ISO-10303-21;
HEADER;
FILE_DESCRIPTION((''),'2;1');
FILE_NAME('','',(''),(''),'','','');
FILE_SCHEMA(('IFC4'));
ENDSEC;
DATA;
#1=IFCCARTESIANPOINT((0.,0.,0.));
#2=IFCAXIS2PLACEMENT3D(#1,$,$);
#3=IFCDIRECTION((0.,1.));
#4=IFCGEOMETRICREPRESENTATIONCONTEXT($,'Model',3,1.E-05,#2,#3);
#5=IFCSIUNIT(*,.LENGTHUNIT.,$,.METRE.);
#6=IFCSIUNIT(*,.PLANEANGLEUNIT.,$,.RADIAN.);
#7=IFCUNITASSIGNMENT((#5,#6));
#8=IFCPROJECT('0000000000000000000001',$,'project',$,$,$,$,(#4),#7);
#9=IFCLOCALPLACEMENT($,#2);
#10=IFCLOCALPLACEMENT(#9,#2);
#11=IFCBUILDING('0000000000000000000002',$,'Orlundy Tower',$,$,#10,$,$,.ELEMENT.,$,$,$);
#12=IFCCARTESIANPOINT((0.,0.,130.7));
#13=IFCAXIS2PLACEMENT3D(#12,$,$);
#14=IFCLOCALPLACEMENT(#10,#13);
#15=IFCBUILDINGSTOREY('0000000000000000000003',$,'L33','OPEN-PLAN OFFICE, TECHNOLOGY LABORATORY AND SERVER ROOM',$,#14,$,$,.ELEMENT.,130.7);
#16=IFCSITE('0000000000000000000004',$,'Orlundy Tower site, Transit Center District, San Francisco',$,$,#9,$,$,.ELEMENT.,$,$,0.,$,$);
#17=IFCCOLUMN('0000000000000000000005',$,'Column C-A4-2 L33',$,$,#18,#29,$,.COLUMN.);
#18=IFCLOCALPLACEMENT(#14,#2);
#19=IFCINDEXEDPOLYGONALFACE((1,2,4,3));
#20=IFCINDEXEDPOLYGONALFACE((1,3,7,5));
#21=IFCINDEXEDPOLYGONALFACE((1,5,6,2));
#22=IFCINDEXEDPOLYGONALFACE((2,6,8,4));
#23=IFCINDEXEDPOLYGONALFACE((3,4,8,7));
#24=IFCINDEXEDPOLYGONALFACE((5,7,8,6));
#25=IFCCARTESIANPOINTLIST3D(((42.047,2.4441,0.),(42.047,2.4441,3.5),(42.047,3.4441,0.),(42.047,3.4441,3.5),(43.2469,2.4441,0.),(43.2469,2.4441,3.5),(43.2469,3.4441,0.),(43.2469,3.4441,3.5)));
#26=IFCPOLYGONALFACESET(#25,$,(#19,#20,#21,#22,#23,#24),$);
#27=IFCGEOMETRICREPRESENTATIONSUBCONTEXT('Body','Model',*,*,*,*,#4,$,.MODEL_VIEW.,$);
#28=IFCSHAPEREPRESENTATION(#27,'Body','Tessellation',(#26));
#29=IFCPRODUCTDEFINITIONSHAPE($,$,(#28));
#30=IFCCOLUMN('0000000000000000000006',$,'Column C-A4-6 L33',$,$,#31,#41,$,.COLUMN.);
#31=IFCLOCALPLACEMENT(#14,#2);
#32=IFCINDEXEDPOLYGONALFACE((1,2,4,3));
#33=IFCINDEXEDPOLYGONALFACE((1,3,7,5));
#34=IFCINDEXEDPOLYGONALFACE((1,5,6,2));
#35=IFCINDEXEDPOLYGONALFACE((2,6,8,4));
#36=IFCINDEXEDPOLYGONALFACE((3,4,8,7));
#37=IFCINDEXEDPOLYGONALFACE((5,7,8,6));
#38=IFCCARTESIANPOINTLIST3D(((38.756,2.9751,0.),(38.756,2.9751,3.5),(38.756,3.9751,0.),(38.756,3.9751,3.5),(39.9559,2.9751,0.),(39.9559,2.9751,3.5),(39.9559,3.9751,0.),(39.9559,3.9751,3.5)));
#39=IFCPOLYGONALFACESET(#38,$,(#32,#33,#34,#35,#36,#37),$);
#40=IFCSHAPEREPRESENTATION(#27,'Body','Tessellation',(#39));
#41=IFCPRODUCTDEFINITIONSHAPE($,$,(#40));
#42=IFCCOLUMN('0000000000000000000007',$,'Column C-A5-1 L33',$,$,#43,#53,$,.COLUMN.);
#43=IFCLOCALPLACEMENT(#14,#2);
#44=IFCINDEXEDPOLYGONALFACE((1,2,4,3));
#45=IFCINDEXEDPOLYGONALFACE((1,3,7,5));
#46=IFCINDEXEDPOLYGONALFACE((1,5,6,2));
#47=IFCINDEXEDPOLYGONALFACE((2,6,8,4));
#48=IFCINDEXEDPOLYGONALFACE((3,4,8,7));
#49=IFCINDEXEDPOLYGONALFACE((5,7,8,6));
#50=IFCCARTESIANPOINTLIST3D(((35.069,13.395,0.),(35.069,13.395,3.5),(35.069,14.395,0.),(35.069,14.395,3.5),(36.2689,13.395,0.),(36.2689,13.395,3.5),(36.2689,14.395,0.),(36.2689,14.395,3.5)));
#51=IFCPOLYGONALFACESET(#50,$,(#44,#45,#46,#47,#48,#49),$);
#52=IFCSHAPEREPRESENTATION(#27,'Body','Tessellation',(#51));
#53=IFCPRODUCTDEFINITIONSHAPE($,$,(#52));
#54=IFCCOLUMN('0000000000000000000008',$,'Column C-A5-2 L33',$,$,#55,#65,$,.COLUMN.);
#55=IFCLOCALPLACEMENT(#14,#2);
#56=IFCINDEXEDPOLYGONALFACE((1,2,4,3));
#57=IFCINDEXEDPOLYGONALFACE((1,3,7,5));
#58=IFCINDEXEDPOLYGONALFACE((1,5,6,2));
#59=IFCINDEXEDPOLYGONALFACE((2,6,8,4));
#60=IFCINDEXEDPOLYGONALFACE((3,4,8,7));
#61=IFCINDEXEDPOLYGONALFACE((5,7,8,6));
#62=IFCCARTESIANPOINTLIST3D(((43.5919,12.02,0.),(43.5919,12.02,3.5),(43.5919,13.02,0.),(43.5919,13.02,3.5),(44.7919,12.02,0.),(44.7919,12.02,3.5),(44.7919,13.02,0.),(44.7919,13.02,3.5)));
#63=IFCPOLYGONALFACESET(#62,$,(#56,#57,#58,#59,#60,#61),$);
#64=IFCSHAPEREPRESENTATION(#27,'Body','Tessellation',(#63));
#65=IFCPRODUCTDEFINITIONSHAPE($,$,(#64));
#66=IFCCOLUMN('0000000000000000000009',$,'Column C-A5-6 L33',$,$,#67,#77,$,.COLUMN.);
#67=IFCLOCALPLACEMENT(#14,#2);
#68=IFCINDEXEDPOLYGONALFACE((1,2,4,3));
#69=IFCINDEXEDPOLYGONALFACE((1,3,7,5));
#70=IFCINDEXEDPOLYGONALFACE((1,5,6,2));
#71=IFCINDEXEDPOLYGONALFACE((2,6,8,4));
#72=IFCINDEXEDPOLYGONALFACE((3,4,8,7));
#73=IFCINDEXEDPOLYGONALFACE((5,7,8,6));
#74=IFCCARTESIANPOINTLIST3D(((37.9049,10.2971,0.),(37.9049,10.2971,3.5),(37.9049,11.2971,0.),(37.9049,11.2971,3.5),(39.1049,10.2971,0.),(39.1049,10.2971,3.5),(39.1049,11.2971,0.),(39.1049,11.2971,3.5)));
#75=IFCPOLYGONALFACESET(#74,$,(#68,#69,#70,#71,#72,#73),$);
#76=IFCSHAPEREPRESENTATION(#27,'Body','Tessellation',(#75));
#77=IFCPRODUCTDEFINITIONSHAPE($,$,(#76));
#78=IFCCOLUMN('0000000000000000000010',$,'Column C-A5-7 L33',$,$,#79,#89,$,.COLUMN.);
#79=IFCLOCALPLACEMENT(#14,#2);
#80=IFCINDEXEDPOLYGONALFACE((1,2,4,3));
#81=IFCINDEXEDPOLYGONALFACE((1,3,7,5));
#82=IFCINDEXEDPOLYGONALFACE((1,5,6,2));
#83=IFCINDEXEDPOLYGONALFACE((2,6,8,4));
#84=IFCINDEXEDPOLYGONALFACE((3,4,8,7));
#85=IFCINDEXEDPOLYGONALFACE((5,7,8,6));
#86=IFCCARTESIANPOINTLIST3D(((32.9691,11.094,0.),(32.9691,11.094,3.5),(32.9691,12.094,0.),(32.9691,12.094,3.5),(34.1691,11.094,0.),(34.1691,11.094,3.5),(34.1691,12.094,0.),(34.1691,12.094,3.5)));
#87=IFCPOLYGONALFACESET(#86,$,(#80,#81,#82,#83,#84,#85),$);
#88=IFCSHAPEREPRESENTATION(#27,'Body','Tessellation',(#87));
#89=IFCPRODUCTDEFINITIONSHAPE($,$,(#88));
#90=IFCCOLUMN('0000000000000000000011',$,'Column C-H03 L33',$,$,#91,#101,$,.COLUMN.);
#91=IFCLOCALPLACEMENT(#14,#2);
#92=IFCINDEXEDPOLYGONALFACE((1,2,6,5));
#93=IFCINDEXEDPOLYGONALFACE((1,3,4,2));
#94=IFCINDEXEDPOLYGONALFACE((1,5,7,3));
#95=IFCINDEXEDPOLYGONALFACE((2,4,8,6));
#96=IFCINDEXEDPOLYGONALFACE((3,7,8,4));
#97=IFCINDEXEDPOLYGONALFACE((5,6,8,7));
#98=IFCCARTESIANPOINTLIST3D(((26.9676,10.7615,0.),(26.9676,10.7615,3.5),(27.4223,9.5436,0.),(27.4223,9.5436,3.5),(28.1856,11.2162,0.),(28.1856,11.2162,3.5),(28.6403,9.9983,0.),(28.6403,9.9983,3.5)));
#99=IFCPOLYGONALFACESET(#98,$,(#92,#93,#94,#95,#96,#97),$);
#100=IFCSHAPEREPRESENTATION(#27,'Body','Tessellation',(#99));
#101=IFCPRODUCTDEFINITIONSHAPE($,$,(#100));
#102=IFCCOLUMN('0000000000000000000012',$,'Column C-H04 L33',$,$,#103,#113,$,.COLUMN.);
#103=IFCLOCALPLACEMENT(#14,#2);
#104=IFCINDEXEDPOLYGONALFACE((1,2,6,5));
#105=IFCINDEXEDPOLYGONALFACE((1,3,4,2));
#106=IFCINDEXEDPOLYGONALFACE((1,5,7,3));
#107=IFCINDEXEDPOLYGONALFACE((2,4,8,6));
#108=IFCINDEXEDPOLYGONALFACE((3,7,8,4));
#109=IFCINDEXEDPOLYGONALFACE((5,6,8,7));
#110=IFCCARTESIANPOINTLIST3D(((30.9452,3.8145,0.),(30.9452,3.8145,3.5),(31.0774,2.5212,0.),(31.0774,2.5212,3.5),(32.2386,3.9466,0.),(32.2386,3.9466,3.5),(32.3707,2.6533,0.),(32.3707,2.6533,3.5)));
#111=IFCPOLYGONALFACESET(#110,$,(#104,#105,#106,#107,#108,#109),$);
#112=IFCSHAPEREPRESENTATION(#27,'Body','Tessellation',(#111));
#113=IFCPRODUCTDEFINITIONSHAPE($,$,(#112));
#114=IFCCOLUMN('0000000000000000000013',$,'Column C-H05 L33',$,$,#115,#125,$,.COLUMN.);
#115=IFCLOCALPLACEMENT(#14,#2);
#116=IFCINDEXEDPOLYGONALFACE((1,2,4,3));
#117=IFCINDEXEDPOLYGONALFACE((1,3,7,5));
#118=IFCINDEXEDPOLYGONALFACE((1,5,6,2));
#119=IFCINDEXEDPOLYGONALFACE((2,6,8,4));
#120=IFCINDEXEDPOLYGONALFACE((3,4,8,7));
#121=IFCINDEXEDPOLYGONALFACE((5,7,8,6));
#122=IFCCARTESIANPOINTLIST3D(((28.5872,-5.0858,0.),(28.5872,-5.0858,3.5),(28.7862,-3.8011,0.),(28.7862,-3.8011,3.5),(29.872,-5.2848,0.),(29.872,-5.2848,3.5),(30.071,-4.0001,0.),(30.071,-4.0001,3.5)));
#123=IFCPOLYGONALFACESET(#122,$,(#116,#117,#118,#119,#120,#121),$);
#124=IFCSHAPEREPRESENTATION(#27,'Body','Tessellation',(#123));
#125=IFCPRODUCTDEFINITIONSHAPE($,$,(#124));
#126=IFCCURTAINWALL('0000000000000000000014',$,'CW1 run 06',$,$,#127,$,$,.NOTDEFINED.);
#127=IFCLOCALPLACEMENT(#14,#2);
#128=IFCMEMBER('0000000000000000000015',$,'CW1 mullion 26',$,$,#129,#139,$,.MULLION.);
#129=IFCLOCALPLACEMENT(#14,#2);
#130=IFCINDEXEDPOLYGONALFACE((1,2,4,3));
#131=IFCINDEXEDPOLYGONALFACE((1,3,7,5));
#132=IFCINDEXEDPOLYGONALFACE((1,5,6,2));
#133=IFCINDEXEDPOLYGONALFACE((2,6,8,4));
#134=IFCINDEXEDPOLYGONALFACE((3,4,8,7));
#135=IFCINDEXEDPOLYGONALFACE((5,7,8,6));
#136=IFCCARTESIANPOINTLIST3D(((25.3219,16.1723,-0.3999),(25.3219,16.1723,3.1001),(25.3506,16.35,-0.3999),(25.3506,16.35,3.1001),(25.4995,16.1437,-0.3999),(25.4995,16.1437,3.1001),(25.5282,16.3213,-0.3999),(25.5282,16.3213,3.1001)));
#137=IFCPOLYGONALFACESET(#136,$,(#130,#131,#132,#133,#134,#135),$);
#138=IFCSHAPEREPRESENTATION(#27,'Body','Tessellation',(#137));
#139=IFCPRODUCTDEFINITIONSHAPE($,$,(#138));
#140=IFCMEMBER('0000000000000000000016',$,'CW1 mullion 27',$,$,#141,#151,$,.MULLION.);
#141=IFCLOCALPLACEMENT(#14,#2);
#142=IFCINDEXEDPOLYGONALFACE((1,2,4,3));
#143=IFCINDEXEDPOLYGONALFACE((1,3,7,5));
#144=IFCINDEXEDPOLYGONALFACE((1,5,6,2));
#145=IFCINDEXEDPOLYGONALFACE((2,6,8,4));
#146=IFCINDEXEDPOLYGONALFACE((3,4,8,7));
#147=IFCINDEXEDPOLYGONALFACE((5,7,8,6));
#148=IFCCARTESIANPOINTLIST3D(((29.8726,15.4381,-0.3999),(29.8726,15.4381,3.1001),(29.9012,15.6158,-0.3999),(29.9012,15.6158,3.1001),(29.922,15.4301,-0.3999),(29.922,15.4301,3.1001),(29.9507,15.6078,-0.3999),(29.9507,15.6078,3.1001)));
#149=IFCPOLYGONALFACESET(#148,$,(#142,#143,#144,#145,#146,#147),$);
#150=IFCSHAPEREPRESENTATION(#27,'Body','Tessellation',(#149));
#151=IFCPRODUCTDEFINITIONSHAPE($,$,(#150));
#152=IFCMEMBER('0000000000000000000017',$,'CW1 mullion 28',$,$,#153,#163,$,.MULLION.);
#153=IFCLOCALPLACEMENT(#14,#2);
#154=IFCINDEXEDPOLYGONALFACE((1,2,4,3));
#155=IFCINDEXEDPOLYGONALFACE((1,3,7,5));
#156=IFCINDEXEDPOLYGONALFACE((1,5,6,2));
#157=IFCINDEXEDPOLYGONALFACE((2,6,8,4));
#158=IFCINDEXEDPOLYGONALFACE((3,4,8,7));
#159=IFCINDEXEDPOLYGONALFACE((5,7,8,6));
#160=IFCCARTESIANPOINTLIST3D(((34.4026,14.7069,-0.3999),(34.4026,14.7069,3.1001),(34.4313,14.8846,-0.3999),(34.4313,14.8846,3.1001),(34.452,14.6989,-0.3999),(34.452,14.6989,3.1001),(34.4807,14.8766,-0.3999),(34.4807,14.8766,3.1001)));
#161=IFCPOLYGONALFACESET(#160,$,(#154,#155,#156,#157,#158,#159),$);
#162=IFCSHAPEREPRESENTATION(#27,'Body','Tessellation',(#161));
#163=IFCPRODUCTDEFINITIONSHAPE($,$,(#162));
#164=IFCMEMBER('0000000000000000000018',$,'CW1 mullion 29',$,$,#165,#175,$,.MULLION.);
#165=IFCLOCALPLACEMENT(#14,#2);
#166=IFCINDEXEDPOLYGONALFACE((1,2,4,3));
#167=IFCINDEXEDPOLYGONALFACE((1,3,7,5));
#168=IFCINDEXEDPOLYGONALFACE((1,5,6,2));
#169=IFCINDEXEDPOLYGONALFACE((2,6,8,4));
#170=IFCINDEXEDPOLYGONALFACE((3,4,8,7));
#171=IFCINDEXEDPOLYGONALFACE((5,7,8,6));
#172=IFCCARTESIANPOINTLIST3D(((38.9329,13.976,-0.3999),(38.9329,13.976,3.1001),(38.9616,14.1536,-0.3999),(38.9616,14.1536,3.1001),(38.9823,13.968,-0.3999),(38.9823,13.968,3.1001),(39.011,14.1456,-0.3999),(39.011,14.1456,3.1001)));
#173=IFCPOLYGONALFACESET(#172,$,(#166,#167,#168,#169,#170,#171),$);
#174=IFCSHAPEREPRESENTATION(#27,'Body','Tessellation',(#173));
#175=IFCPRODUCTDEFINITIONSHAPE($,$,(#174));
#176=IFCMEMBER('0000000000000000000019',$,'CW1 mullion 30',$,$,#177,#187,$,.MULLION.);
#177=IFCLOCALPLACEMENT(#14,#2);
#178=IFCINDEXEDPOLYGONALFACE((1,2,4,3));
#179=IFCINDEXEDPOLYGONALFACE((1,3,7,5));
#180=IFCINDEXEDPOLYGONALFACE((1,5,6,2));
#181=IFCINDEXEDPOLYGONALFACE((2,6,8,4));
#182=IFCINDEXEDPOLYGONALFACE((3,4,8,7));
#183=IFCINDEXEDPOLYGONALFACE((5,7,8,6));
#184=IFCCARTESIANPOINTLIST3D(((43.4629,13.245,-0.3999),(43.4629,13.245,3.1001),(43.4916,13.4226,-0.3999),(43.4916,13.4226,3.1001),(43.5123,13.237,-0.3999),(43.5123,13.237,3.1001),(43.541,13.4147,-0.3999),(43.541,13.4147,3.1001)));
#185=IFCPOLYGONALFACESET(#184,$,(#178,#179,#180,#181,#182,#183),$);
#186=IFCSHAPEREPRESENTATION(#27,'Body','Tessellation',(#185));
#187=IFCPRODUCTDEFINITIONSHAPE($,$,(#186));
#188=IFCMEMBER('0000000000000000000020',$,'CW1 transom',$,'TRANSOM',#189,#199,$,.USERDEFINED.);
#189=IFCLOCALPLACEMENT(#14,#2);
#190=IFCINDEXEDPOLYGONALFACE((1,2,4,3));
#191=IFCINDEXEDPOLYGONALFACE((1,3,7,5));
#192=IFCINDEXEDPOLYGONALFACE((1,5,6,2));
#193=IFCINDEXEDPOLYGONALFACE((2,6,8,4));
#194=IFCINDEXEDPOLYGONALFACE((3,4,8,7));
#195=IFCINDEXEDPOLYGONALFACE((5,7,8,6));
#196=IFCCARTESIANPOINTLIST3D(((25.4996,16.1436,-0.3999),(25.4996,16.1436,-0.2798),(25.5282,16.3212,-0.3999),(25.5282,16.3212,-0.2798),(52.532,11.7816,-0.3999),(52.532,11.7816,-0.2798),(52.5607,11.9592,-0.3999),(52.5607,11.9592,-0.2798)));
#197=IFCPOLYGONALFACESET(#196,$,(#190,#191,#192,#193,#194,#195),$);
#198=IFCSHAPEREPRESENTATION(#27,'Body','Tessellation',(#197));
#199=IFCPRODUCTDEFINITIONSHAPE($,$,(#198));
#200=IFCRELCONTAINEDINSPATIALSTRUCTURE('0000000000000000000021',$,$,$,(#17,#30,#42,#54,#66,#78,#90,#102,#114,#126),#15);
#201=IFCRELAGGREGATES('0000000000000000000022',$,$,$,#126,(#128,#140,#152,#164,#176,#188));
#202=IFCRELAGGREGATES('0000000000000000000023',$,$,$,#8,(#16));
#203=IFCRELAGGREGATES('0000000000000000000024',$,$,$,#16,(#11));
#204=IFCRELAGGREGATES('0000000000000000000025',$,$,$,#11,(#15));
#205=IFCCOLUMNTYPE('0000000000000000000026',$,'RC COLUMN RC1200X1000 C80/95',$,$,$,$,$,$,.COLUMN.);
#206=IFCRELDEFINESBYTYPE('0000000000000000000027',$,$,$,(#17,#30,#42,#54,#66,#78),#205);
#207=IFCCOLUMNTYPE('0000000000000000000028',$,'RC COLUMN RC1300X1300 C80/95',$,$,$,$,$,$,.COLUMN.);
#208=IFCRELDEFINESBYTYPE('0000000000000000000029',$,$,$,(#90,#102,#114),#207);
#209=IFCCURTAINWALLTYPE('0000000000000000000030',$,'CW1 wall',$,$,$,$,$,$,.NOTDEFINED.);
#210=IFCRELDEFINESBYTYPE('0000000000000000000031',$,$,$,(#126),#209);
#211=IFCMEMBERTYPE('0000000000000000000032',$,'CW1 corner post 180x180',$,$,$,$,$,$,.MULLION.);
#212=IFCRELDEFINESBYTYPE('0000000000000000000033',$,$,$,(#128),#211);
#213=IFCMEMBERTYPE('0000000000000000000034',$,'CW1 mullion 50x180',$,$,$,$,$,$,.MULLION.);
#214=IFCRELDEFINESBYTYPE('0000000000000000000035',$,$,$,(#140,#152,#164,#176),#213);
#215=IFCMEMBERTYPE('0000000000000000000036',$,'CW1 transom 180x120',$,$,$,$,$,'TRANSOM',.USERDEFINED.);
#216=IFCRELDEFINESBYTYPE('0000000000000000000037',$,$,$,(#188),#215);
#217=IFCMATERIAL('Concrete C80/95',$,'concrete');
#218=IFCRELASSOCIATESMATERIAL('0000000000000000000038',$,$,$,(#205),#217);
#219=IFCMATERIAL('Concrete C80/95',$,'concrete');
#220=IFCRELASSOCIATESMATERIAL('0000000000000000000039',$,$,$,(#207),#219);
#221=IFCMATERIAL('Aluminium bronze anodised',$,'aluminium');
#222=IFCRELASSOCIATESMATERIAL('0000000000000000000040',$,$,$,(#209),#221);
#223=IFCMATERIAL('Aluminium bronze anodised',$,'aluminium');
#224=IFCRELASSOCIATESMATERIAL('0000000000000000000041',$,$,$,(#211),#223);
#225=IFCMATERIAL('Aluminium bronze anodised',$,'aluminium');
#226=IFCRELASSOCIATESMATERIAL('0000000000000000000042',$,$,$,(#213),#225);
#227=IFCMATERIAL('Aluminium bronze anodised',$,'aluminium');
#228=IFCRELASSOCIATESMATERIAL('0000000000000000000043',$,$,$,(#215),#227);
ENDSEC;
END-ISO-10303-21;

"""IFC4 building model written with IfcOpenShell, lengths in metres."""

from ifc_helpers import new_model, si_unit, direction, frame, origin, origin_2d, place, context, subcontext, project, spatial, rectangle, extrude, material, material_profile, profile_set, type_object, element, aggregate, save


model = new_model("IFC4")

# Units and contexts
model_context = context("Model", 3, precision=1e-05, world=origin(), true_north=direction((0.0, 1.0)))
body_context = subcontext(model_context, "Body", "Model", "MODEL_VIEW")
ifc_project = project(units=[si_unit("LENGTHUNIT", "METRE"), si_unit("PLANEANGLEUNIT", "RADIAN")], contexts=[model_context])

# Site, building, storey
site_placement = place(None, origin())
site = spatial("IfcSite", under=ifc_project, at=site_placement, Name="Orlundy Tower site, Transit Center District, San Francisco", CompositionType="ELEMENT", RefElevation=0.0)
building_placement = place(site_placement, origin())
building = spatial("IfcBuilding", under=site, at=building_placement, Name="Orlundy Tower", CompositionType="ELEMENT")
storey_placement = place(building_placement, frame((0.0, 0.0, 130.7)))
storey = spatial("IfcBuildingStorey", under=building, at=storey_placement, Name="L33", Description="OPEN-PLAN OFFICE, TECHNOLOGY LABORATORY AND SERVER ROOM", CompositionType="ELEMENT", Elevation=130.7)

# Columns
ifc_material_1 = material(Name="Concrete C80/95", Category="concrete")
ifc_material_profile_1 = material_profile(ifc_material_1, rectangle(XDim=1.2, YDim=1.0, at=origin_2d()), Name="RC1200X1000")
ifc_profile_set_1 = profile_set([ifc_material_profile_1], Name="Concrete C80/95")
column_type_1 = type_object("IfcColumnType", Name="RC COLUMN RC1200X1000 C80/95", PredefinedType="COLUMN", material=ifc_profile_set_1)
for number, where, z_axis, x_axis, name in (
    (1, (42.647, 2.9441, 0.0), (0.0, 0.0, 1.0), (1.0, 0.0, 0.0), "Column C-A4-2 L33"),
    (2, (39.356, 3.4751, 0.0), (0.0, 0.0, 1.0), (1.0, 0.0, 0.0), "Column C-A4-6 L33"),
    (3, (35.6689, 13.895, 0.0), (0.0, 0.0, 1.0), (1.0, 0.0, 0.0), "Column C-A5-1 L33"),
    (4, (44.1919, 12.52, 0.0), (0.0, 0.0, 1.0), (1.0, 0.0, 0.0), "Column C-A5-2 L33"),
    (5, (38.5049, 10.7971, 0.0), (0.0, 0.0, 1.0), (1.0, 0.0, 0.0), "Column C-A5-6 L33"),
    (6, (33.5691, 11.594, 0.0), (0.0, 0.0, 1.0), (1.0, 0.0, 0.0), "Column C-A5-7 L33"),
):
    element("IfcColumn", number, at=place(storey_placement, frame(where, z_axis=z_axis, x_axis=x_axis)), inside=storey, type_object=column_type_1, Name=name, PredefinedType="COLUMN", context=body_context, shape_type="SweptSolid", body=[
        extrude(rectangle(XDim=1.2, YDim=1.0, at=origin_2d()), origin(), (0.0, 0.0, 1.0), 3.5),
    ])
ifc_material_2 = material(Name="Concrete C80/95", Category="concrete")
ifc_material_profile_2 = material_profile(ifc_material_2, rectangle(XDim=1.3, YDim=1.3, at=origin_2d()), Name="RC1300X1300")
ifc_profile_set_2 = profile_set([ifc_material_profile_2], Name="Concrete C80/95")
column_type_2 = type_object("IfcColumnType", Name="RC COLUMN RC1300X1300 C80/95", PredefinedType="COLUMN", material=ifc_profile_set_2)
for number, where, z_axis, x_axis, name in (
    (7, (27.804, 10.3799, 0.0), (0.0, 0.0, 1.0), (0.936843, 0.34975, 0.0), "Column C-H03 L33"),
    (8, (31.658, 3.2339, 0.0), (0.0, 0.0, 1.0), (0.994822, 0.101629, 0.0), "Column C-H04 L33"),
    (9, (29.3291, -4.543, 0.0), (0.0, 0.0, 1.0), (0.988215, -0.153072, 0.0), "Column C-H05 L33"),
):
    element("IfcColumn", number, at=place(storey_placement, frame(where, z_axis=z_axis, x_axis=x_axis)), inside=storey, type_object=column_type_2, Name=name, PredefinedType="COLUMN", context=body_context, shape_type="SweptSolid", body=[
        extrude(rectangle(XDim=1.3, YDim=1.3, at=origin_2d()), origin(), (0.0, 0.0, 1.0), 3.5),
    ])

# Curtain wall, members
ifc_material_3 = material(Name="Aluminium bronze anodised", Category="aluminium")
curtain_wall_type = type_object("IfcCurtainWallType", Name="CW1 wall", PredefinedType="NOTDEFINED", material=ifc_material_3)
curtain_wall_placement = place(storey_placement, origin())
curtain_wall = element("IfcCurtainWall", 10, at=curtain_wall_placement, inside=storey, type_object=curtain_wall_type, Name="CW1 run 06", PredefinedType="NOTDEFINED")
ifc_material_4 = material(Name="Aluminium bronze anodised", Category="aluminium")
ifc_material_profile_3 = material_profile(ifc_material_4, rectangle(XDim=0.1799, YDim=0.1799, at=origin_2d()), Name="CW1 corner post 180x180")
ifc_profile_set_3 = profile_set([ifc_material_profile_3], Name="Aluminium bronze anodised")
member_type_1 = type_object("IfcMemberType", Name="CW1 corner post 180x180", PredefinedType="MULLION", material=ifc_profile_set_3)
member_1_placement = place(storey_placement, frame((25.425, 16.2468, -0.3999), z_axis=(0.0, 0.0, 1.0), x_axis=(0.159302, 0.98723, 0.0)))
member_1 = element("IfcMember", 11, at=member_1_placement, type_object=member_type_1, Name="CW1 mullion 26", PredefinedType="MULLION", context=body_context, shape_type="SweptSolid", body=[
    extrude(rectangle(XDim=0.1799, YDim=0.1799, at=origin_2d()), origin(), (0.0, 0.0, 1.0), 3.5),
])
ifc_material_5 = material(Name="Aluminium bronze anodised", Category="aluminium")
ifc_material_profile_4 = material_profile(ifc_material_5, rectangle(XDim=0.1799, YDim=0.05, at=origin_2d()), Name="CW1 mullion 50x180")
ifc_profile_set_4 = profile_set([ifc_material_profile_4], Name="Aluminium bronze anodised")
member_type_2 = type_object("IfcMemberType", Name="CW1 mullion 50x180", PredefinedType="MULLION", material=ifc_profile_set_4)
member_2_placement = place(storey_placement, frame((29.9116, 15.5229, -0.3999), z_axis=(0.0, 0.0, 1.0), x_axis=(0.159302, 0.98723, 0.0)))
member_2 = element("IfcMember", 12, at=member_2_placement, type_object=member_type_2, Name="CW1 mullion 27", PredefinedType="MULLION", context=body_context, shape_type="SweptSolid", body=[
    extrude(rectangle(XDim=0.1799, YDim=0.05, at=origin_2d()), origin(), (0.0, 0.0, 1.0), 3.5),
])
member_3_placement = place(storey_placement, frame((34.4417, 14.7917, -0.3999), z_axis=(0.0, 0.0, 1.0), x_axis=(0.159302, 0.98723, 0.0)))
member_3 = element("IfcMember", 13, at=member_3_placement, type_object=member_type_2, Name="CW1 mullion 28", PredefinedType="MULLION", context=body_context, shape_type="SweptSolid", body=[
    extrude(rectangle(XDim=0.1799, YDim=0.05, at=origin_2d()), origin(), (0.0, 0.0, 1.0), 3.5),
])
member_4_placement = place(storey_placement, frame((38.9719, 14.0608, -0.3999), z_axis=(0.0, 0.0, 1.0), x_axis=(0.159302, 0.98723, 0.0)))
member_4 = element("IfcMember", 14, at=member_4_placement, type_object=member_type_2, Name="CW1 mullion 29", PredefinedType="MULLION", context=body_context, shape_type="SweptSolid", body=[
    extrude(rectangle(XDim=0.1799, YDim=0.05, at=origin_2d()), origin(), (0.0, 0.0, 1.0), 3.5),
])
member_5_placement = place(storey_placement, frame((43.502, 13.3298, -0.3999), z_axis=(0.0, 0.0, 1.0), x_axis=(0.159302, 0.98723, 0.0)))
member_5 = element("IfcMember", 15, at=member_5_placement, type_object=member_type_2, Name="CW1 mullion 30", PredefinedType="MULLION", context=body_context, shape_type="SweptSolid", body=[
    extrude(rectangle(XDim=0.1799, YDim=0.05, at=origin_2d()), origin(), (0.0, 0.0, 1.0), 3.5),
])
ifc_material_6 = material(Name="Aluminium bronze anodised", Category="aluminium")
ifc_material_profile_5 = material_profile(ifc_material_6, rectangle(XDim=0.1799, YDim=0.1201, at=origin_2d()), Name="CW1 transom 180x120")
ifc_profile_set_5 = profile_set([ifc_material_profile_5], Name="Aluminium bronze anodised")
member_type_3 = type_object("IfcMemberType", Name="CW1 transom 180x120", ElementType="TRANSOM", PredefinedType="USERDEFINED", material=ifc_profile_set_5)
member_6_placement = place(storey_placement, frame((25.5139, 16.2324, -0.3398), z_axis=(0.98723, -0.159303, 0.0), x_axis=(0.159303, 0.98723, 0.0)))
member_6 = element("IfcMember", 16, at=member_6_placement, type_object=member_type_3, Name="CW1 transom", ObjectType="TRANSOM", PredefinedType="USERDEFINED", context=body_context, shape_type="SweptSolid", body=[
    extrude(rectangle(XDim=0.1799, YDim=0.1201, at=origin_2d()), origin(), (0.0, 0.0, 1.0), 27.3821),
])
aggregate(curtain_wall, [member_1, member_2, member_3, member_4, member_5, member_6])

save(model, "model.ifc")
